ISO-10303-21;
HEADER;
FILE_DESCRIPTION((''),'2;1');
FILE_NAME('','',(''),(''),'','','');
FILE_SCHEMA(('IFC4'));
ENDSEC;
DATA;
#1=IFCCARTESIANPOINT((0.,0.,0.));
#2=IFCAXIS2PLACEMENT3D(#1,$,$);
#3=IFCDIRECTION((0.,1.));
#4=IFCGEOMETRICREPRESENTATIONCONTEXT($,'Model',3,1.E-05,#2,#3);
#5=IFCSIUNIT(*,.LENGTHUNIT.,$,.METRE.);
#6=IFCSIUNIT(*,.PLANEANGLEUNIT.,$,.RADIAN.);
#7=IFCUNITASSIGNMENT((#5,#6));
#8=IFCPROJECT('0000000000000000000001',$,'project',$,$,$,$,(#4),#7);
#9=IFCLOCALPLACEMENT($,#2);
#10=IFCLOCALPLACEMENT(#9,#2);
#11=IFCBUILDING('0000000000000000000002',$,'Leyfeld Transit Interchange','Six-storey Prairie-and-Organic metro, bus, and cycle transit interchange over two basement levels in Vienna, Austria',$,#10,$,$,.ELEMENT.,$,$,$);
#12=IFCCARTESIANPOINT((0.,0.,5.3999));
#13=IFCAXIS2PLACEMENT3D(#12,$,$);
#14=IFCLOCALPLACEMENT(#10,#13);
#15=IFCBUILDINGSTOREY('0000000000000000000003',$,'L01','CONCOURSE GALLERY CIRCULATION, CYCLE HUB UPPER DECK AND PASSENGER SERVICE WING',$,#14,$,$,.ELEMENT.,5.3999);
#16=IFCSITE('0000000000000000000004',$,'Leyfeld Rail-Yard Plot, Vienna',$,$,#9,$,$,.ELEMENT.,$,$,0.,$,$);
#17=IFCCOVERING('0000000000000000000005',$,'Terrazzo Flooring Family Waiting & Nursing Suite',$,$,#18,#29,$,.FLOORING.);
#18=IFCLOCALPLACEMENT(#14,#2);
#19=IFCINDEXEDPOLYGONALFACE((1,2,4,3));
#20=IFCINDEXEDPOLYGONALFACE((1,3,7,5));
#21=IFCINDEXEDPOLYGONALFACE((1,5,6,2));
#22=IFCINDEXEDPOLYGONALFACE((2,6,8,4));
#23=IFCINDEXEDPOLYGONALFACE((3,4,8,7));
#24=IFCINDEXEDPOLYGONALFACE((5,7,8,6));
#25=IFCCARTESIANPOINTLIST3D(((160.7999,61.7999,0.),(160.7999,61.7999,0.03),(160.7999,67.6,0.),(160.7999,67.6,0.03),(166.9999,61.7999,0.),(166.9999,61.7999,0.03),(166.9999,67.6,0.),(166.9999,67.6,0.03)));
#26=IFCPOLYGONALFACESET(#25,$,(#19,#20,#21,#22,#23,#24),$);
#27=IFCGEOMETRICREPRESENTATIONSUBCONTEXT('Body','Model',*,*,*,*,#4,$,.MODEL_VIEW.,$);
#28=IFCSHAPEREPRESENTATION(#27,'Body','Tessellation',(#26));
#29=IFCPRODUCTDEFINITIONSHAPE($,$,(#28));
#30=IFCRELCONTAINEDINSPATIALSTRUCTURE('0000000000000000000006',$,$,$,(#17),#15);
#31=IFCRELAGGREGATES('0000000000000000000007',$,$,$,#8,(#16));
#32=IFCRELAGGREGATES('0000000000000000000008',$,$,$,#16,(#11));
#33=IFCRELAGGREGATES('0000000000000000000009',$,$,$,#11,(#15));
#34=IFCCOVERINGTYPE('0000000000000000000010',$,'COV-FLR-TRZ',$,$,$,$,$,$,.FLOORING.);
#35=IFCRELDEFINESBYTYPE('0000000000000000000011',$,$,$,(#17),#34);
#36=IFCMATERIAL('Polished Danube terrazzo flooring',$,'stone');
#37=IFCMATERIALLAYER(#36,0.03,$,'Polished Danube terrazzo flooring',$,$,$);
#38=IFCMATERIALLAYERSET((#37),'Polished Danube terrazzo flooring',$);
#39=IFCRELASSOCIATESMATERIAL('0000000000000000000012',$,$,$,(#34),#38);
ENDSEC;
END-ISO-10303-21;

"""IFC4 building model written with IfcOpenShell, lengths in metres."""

from ifc_helpers import new_model, si_unit, direction, frame, origin, origin_2d, place, context, subcontext, project, spatial, rectangle, extrude, material, layer, layer_set, type_object, element, save


model = new_model("IFC4")

# Units and contexts
model_context = context("Model", 3, precision=1e-05, world=origin(), true_north=direction((0.0, 1.0)))
body_context = subcontext(model_context, "Body", "Model", "MODEL_VIEW")
ifc_project = project(units=[si_unit("LENGTHUNIT", "METRE"), si_unit("PLANEANGLEUNIT", "RADIAN")], contexts=[model_context])

# Site, building, storey
site_placement = place(None, origin())
site = spatial("IfcSite", under=ifc_project, at=site_placement, Name="Leyfeld Rail-Yard Plot, Vienna", CompositionType="ELEMENT", RefElevation=0.0)
building_placement = place(site_placement, origin())
building = spatial("IfcBuilding", under=site, at=building_placement, Name="Leyfeld Transit Interchange", Description="Six-storey Prairie-and-Organic metro, bus, and cycle transit interchange over two basement levels in Vienna, Austria", CompositionType="ELEMENT")
storey_placement = place(building_placement, frame((0.0, 0.0, 5.3999)))
storey = spatial("IfcBuildingStorey", under=building, at=storey_placement, Name="L01", Description="CONCOURSE GALLERY CIRCULATION, CYCLE HUB UPPER DECK AND PASSENGER SERVICE WING", CompositionType="ELEMENT", Elevation=5.3999)

# Covering
ifc_material_1 = material(Name="Polished Danube terrazzo flooring", Category="stone")
ifc_layer_1 = layer(ifc_material_1, 0.03, Name="Polished Danube terrazzo flooring")
ifc_layer_set_1 = layer_set([ifc_layer_1], Name="Polished Danube terrazzo flooring")
covering_type_1 = type_object("IfcCoveringType", Name="COV-FLR-TRZ", PredefinedType="FLOORING", material=ifc_layer_set_1)
covering_1_placement = place(storey_placement, frame((163.8999, 64.7, 0.0), z_axis=(0.0, 0.0, 1.0), x_axis=(1.0, 0.0, 0.0)))
element("IfcCovering", 1, at=covering_1_placement, inside=storey, type_object=covering_type_1, Name="Terrazzo Flooring Family Waiting & Nursing Suite", PredefinedType="FLOORING", context=body_context, shape_type="SweptSolid", body=[
    extrude(rectangle(XDim=6.2, YDim=5.8, at=origin_2d()), origin(), (0.0, 0.0, 1.0), 0.03),
])

save(model, "model.ifc")
